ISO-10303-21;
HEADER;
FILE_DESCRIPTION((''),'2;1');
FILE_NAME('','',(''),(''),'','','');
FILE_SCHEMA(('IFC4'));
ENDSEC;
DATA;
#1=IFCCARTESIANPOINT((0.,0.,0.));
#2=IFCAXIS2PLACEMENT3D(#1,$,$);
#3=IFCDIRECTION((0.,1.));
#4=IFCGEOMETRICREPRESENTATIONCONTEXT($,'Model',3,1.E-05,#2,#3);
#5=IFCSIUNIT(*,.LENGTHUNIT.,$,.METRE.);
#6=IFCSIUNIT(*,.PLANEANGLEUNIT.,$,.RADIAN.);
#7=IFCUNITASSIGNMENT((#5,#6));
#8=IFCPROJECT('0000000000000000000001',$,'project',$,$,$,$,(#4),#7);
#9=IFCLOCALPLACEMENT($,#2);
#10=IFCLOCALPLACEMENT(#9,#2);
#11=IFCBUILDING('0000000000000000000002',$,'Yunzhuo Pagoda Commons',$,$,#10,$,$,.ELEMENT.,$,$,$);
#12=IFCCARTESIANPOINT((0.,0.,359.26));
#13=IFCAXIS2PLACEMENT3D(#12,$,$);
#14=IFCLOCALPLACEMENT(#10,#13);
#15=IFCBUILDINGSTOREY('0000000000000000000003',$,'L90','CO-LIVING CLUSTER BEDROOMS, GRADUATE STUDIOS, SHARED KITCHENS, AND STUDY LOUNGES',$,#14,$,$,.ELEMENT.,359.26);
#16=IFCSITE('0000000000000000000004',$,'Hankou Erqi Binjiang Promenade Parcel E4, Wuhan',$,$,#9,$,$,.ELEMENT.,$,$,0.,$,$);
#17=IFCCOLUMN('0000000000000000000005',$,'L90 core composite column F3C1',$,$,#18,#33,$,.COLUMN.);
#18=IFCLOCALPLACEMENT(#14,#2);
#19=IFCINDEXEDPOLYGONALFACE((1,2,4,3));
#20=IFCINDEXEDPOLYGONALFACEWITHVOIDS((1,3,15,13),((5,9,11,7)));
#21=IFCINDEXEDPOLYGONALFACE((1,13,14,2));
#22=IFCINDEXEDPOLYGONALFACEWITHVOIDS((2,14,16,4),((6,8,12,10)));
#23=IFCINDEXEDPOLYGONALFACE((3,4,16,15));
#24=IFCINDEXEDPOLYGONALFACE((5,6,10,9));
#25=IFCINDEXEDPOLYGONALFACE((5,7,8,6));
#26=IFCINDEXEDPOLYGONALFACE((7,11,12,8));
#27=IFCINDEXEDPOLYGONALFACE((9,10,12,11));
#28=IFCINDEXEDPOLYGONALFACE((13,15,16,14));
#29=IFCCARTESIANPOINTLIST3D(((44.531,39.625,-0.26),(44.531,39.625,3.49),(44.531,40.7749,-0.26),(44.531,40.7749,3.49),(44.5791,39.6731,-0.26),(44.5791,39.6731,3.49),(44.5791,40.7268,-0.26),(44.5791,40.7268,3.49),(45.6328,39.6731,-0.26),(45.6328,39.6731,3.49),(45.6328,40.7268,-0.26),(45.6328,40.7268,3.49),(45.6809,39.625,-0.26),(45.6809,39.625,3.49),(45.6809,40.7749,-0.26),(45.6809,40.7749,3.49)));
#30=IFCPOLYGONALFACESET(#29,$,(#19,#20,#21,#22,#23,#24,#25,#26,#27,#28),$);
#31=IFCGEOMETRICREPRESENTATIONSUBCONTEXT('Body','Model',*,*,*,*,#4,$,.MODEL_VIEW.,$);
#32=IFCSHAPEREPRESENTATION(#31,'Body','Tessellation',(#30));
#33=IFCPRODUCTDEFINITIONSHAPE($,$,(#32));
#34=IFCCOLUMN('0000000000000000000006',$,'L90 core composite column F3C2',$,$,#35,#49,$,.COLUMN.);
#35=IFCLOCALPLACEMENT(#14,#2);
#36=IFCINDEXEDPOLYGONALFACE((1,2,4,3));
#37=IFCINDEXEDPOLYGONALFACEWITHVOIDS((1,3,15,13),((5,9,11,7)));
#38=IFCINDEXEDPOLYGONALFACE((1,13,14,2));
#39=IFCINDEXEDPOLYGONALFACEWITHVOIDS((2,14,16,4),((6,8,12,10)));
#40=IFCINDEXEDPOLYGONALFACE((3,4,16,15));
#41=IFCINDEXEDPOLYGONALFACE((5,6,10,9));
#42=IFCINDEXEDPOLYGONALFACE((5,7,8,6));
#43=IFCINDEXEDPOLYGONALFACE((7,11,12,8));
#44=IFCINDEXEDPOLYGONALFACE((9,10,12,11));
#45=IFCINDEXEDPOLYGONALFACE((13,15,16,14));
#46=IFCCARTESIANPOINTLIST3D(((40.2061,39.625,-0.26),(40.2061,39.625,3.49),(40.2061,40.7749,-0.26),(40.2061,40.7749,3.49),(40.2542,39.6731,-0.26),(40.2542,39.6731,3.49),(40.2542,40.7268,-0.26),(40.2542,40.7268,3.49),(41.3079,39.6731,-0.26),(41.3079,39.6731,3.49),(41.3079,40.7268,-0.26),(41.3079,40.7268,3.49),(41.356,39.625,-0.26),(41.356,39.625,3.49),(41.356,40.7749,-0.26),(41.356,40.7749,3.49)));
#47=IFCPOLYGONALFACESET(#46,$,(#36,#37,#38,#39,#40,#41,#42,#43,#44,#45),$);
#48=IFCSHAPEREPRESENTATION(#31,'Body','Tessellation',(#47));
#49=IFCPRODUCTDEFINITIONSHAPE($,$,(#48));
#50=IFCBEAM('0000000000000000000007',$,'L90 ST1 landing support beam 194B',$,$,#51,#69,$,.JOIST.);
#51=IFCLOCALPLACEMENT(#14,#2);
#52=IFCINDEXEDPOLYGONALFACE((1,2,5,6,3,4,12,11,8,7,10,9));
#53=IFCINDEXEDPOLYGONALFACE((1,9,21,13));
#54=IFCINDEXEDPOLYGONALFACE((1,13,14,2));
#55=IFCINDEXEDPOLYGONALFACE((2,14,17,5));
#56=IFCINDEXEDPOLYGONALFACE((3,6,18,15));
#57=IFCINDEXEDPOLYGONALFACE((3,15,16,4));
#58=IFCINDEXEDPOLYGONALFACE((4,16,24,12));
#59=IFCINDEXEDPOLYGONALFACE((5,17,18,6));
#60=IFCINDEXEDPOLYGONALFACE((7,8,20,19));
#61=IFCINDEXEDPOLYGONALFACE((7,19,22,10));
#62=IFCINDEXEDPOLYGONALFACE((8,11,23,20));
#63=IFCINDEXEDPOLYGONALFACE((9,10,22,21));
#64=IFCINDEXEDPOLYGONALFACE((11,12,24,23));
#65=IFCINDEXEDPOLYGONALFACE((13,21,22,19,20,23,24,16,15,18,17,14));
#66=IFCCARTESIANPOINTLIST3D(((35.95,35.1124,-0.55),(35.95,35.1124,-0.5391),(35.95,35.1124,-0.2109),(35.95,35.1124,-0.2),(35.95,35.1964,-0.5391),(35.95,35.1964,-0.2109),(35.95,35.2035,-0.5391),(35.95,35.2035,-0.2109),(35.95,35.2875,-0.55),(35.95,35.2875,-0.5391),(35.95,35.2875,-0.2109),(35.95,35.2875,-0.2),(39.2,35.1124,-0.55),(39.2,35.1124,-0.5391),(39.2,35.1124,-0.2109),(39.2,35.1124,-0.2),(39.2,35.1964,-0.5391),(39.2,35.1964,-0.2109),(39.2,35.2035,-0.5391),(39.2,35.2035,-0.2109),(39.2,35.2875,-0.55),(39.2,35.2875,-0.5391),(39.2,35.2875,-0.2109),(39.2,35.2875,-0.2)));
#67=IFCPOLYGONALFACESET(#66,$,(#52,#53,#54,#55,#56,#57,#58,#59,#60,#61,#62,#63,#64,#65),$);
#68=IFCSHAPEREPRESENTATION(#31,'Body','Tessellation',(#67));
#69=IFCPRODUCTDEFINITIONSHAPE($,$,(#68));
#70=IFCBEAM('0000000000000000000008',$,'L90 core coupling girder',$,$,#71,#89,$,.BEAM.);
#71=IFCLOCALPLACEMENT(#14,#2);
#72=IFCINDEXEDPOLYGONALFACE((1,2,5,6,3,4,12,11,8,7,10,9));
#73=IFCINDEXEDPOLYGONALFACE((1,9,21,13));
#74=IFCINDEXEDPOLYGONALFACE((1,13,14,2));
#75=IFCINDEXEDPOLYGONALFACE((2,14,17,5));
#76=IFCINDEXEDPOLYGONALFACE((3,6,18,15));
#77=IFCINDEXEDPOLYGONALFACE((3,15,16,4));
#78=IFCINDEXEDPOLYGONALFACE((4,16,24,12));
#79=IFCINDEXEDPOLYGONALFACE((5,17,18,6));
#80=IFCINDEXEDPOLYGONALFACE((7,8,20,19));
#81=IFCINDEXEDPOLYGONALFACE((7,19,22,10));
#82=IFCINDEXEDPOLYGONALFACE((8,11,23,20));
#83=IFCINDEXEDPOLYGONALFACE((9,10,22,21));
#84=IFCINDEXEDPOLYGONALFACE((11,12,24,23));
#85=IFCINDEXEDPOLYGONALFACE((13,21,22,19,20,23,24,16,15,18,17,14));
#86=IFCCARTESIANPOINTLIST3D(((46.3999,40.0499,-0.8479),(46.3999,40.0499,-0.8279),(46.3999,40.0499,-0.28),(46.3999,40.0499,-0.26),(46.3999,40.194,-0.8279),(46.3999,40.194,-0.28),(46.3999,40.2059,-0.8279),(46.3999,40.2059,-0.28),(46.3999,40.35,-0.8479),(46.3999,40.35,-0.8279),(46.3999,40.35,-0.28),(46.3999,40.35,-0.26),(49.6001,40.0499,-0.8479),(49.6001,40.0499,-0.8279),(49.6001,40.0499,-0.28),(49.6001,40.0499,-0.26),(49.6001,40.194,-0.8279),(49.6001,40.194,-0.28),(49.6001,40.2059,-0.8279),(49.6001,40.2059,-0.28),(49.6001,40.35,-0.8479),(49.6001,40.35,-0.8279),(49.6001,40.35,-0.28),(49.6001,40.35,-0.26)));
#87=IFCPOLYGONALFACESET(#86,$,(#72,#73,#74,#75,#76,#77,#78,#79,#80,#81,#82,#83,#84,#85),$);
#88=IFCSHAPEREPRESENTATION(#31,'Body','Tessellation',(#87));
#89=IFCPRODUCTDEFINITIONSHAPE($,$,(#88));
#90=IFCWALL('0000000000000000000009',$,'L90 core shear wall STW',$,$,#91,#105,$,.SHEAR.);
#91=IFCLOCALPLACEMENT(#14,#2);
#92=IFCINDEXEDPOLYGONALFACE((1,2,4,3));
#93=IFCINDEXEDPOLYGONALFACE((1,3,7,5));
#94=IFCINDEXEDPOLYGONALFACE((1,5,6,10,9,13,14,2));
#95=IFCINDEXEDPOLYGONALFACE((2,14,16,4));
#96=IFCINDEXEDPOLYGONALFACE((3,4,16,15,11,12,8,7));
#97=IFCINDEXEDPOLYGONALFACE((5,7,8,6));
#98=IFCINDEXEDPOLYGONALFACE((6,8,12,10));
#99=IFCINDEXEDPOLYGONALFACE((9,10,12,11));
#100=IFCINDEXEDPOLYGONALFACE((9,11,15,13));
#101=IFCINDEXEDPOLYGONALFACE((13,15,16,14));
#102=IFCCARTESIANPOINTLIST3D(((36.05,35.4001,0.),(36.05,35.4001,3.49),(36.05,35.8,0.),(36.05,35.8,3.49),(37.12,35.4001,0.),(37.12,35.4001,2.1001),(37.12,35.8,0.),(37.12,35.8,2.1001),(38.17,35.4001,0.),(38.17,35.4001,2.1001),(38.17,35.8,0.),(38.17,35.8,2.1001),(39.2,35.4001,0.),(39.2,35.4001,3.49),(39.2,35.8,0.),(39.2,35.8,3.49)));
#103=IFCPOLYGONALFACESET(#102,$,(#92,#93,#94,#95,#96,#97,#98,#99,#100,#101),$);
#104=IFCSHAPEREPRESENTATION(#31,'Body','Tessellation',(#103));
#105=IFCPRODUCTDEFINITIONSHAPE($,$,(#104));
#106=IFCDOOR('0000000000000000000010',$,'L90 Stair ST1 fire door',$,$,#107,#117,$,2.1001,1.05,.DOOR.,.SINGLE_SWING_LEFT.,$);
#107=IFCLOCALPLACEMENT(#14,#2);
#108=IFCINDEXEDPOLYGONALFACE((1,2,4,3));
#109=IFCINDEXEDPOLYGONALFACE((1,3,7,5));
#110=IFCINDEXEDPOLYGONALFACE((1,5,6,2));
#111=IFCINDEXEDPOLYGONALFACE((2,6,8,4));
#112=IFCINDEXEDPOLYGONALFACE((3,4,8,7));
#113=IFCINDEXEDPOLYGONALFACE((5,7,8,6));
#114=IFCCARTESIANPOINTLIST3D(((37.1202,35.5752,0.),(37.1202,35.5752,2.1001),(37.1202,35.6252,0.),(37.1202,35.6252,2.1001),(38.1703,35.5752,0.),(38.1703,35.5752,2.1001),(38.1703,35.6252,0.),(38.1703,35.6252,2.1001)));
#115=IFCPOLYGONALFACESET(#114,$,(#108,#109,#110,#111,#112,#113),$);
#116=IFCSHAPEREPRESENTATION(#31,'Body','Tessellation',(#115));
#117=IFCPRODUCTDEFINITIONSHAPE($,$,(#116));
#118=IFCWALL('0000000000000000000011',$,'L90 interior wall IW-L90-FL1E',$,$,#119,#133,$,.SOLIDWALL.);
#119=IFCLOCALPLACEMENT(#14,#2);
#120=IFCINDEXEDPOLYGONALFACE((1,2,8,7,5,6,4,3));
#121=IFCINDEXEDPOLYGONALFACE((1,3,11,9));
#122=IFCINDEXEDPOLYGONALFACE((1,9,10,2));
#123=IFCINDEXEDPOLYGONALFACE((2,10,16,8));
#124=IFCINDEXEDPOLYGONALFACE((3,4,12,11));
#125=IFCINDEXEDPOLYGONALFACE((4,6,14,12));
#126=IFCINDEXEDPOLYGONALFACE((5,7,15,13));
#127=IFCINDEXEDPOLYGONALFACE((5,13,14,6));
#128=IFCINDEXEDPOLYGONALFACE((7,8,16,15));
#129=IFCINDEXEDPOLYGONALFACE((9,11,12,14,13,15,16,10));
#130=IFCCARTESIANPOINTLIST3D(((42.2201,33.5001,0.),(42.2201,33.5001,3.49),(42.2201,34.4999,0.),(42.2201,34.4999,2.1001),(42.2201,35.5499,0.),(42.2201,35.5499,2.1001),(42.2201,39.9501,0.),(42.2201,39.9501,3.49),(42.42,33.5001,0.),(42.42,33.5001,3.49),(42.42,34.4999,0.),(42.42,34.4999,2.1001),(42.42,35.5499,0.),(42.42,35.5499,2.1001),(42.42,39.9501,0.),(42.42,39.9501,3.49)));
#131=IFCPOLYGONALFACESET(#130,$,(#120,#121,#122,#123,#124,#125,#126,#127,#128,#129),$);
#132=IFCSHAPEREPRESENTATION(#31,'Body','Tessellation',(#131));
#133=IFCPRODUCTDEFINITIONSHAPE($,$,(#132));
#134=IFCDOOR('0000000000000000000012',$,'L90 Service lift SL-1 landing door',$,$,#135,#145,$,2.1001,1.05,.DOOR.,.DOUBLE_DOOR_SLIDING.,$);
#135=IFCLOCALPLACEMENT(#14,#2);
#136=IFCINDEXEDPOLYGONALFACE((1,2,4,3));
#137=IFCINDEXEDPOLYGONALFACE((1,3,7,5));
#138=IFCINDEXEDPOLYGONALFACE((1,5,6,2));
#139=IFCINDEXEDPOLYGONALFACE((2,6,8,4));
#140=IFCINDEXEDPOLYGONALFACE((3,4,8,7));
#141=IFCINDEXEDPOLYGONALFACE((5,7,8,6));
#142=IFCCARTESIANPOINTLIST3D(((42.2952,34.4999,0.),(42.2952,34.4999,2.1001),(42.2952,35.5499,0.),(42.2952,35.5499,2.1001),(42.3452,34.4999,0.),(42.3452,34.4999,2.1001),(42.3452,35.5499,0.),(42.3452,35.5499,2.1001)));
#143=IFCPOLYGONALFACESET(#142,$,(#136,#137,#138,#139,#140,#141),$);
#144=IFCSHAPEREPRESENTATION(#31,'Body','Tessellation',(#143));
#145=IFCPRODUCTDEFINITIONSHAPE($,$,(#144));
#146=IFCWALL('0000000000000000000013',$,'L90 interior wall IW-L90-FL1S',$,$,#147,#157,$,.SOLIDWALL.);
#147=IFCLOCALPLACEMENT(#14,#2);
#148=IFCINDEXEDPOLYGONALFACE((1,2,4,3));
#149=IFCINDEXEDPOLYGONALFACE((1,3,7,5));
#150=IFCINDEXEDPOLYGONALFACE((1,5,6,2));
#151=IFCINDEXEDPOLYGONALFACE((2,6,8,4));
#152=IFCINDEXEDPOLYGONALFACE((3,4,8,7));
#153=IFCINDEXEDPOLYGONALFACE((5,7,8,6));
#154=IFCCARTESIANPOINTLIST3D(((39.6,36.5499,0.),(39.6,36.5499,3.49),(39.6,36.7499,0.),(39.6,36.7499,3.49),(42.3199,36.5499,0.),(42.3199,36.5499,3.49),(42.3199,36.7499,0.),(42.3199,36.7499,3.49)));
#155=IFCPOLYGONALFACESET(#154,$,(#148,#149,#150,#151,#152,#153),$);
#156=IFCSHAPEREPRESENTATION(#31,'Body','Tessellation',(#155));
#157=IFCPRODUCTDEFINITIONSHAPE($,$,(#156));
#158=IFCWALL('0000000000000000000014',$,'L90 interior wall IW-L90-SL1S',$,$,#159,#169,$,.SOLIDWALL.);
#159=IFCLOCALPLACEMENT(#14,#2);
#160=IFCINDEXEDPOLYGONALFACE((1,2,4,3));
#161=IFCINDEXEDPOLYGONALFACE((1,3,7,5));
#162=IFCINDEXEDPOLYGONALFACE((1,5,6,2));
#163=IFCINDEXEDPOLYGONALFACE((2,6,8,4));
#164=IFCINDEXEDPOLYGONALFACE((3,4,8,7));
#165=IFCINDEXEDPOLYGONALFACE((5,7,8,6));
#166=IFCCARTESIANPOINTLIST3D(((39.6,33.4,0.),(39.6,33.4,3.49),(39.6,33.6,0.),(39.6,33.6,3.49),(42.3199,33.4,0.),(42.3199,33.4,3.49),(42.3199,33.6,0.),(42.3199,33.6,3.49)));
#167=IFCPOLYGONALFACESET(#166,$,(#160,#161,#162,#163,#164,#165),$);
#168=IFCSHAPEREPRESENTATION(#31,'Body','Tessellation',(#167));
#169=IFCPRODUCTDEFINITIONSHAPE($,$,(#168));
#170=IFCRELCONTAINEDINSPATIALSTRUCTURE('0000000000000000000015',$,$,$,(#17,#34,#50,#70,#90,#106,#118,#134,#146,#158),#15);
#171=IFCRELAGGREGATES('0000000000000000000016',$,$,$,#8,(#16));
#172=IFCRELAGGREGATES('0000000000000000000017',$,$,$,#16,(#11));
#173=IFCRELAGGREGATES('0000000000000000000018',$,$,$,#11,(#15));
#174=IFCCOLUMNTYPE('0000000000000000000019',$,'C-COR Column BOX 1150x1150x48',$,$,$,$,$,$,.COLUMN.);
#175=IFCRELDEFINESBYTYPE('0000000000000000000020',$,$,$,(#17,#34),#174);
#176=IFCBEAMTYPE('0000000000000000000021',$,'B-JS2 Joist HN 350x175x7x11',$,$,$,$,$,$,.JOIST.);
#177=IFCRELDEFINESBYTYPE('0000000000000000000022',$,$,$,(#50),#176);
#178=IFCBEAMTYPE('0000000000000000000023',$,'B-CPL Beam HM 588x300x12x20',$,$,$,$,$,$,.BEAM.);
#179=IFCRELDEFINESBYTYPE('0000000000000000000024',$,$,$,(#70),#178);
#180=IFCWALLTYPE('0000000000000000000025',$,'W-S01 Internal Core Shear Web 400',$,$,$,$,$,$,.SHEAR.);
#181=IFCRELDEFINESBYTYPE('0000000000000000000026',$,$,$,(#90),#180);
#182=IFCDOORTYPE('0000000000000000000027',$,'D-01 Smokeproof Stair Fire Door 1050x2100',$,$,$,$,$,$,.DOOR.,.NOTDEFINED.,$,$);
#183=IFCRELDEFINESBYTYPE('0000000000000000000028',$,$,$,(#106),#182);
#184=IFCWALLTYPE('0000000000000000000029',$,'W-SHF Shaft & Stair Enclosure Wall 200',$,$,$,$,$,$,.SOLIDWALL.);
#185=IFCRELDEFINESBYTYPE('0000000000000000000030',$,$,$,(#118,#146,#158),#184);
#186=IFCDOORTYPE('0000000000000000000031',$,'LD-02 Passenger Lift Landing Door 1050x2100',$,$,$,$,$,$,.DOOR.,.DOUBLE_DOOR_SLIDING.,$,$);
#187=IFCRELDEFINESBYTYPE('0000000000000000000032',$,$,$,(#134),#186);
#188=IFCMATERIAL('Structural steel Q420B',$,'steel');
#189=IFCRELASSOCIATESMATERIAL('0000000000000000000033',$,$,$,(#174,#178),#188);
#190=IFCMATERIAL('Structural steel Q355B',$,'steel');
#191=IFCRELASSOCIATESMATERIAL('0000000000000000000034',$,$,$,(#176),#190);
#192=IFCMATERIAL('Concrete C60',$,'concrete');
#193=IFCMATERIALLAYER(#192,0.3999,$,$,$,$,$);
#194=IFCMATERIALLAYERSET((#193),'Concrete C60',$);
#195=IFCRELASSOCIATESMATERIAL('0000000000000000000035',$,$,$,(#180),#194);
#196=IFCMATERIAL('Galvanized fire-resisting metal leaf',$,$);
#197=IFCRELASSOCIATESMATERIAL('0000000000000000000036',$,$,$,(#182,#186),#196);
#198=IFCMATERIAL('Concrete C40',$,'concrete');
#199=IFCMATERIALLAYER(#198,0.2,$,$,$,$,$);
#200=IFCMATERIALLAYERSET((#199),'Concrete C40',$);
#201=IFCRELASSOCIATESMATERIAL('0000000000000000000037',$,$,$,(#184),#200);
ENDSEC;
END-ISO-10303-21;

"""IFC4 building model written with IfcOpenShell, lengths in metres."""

from ifc_helpers import new_model, si_unit, direction, frame, frame_2d, origin, origin_with_axes, origin_2d, place, context, subcontext, project, spatial, rectangle, hollow_rectangle, i_section, extrude, source, transform, mapped, material, layer, layer_set, material_profile, profile_set, type_object, element, fill, save


model = new_model("IFC4")

# Units and contexts
model_context = context("Model", 3, precision=1e-05, world=origin(), true_north=direction((0.0, 1.0)))
body_context = subcontext(model_context, "Body", "Model", "MODEL_VIEW")
ifc_project = project(units=[si_unit("LENGTHUNIT", "METRE"), si_unit("PLANEANGLEUNIT", "RADIAN")], contexts=[model_context])

# Site, building, storey
site_placement = place(None, origin())
site = spatial("IfcSite", under=ifc_project, at=site_placement, Name="Hankou Erqi Binjiang Promenade Parcel E4, Wuhan", CompositionType="ELEMENT", RefElevation=0.0)
building_placement = place(site_placement, origin())
building = spatial("IfcBuilding", under=site, at=building_placement, Name="Yunzhuo Pagoda Commons", CompositionType="ELEMENT")
storey_placement = place(building_placement, frame((0.0, 0.0, 359.26)))
storey = spatial("IfcBuildingStorey", under=building, at=storey_placement, Name="L90", Description="CO-LIVING CLUSTER BEDROOMS, GRADUATE STUDIOS, SHARED KITCHENS, AND STUDY LOUNGES", CompositionType="ELEMENT", Elevation=359.26)

# Columns
ifc_material_1 = material(Name="Structural steel Q420B", Category="steel")
ifc_material_profile_1 = material_profile(ifc_material_1, hollow_rectangle(XDim=1.1499, YDim=1.1499, WallThickness=0.0481, at=origin_2d()), Name="Structural steel Q420B")
ifc_profile_set_1 = profile_set([ifc_material_profile_1], Name="Structural steel Q420B")
column_type = type_object("IfcColumnType", Name="C-COR Column BOX 1150x1150x48", PredefinedType="COLUMN", material=ifc_profile_set_1)
shared_shape_1 = source(origin(), body_context, "Body", "SweptSolid", [
    extrude(hollow_rectangle(XDim=1.1499, YDim=1.1499, WallThickness=0.0481, at=origin_2d()), origin(), (0.0, 0.0, 1.0), 3.75),
])
for number, where, z_axis, x_axis, name in (
    (1, (45.106, 40.2, -0.26), (0.0, 0.0, 1.0), (1.0, 0.0, 0.0), "L90 core composite column F3C1"),
    (2, (40.781, 40.2, -0.26), (0.0, 0.0, 1.0), (1.0, 0.0, 0.0), "L90 core composite column F3C2"),
):
    element("IfcColumn", number, at=place(storey_placement, frame(where, z_axis=z_axis, x_axis=x_axis)), inside=storey, type_object=column_type, Name=name, PredefinedType="COLUMN", context=body_context, shape_type="MappedRepresentation", body=[
        mapped(shared_shape_1, transform((0.0, 0.0, 0.0), scale=1.0)),
    ])

# Beams
ifc_material_2 = material(Name="Structural steel Q355B", Category="steel")
ifc_material_profile_2 = material_profile(ifc_material_2, i_section(OverallWidth=0.175, OverallDepth=0.3501, WebThickness=0.0071, FlangeThickness=0.011, at=origin_2d()), Name="Structural steel Q355B")
ifc_profile_set_2 = profile_set([ifc_material_profile_2], Name="Structural steel Q355B")
beam_type_1 = type_object("IfcBeamType", Name="B-JS2 Joist HN 350x175x7x11", PredefinedType="JOIST", material=ifc_profile_set_2)
shared_shape_2 = source(origin(), body_context, "Body", "SweptSolid", [
    extrude(i_section(OverallWidth=0.175, OverallDepth=0.3501, WebThickness=0.0071, FlangeThickness=0.011, at=origin_2d()), origin(), (0.0, 0.0, 1.0), 3.25),
])
beam_1_placement = place(storey_placement, frame((35.95, 35.2, -0.375), z_axis=(1.0, 0.0, 0.0), x_axis=(0.0, 1.0, 0.0)))
element("IfcBeam", 3, at=beam_1_placement, inside=storey, type_object=beam_type_1, Name="L90 ST1 landing support beam 194B", PredefinedType="JOIST", context=body_context, shape_type="MappedRepresentation", body=[
    mapped(shared_shape_2, transform((0.0, 0.0, 0.0), scale=1.0)),
])
ifc_material_profile_3 = material_profile(ifc_material_1, i_section(OverallWidth=0.3, OverallDepth=0.5879, WebThickness=0.012, FlangeThickness=0.02, at=origin_2d()), Name="Structural steel Q420B")
ifc_profile_set_3 = profile_set([ifc_material_profile_3], Name="Structural steel Q420B")
beam_type_2 = type_object("IfcBeamType", Name="B-CPL Beam HM 588x300x12x20", PredefinedType="BEAM", material=ifc_profile_set_3)
shared_shape_3 = source(origin(), body_context, "Body", "SweptSolid", [
    extrude(i_section(OverallWidth=0.3, OverallDepth=0.5879, WebThickness=0.012, FlangeThickness=0.02, at=origin_2d()), origin(), (0.0, 0.0, 1.0), 3.2002),
])
beam_2_placement = place(storey_placement, frame((46.3999, 40.2, -0.554), z_axis=(1.0, 0.0, 0.0), x_axis=(0.0, 1.0, 0.0)))
element("IfcBeam", 4, at=beam_2_placement, inside=storey, type_object=beam_type_2, Name="L90 core coupling girder", PredefinedType="BEAM", context=body_context, shape_type="MappedRepresentation", body=[
    mapped(shared_shape_3, transform((0.0, 0.0, 0.0), scale=1.0)),
])

# Walls, openings, doors
ifc_material_3 = material(Name="Concrete C60", Category="concrete")
ifc_layer_1 = layer(ifc_material_3, 0.3999)
ifc_layer_set_1 = layer_set([ifc_layer_1], Name="Concrete C60")
wall_type_1 = type_object("IfcWallType", Name="W-S01 Internal Core Shear Web 400", PredefinedType="SHEAR", material=ifc_layer_set_1)
wall_1_placement = place(storey_placement, frame((36.05, 35.6001, 0.0), z_axis=(0.0, 0.0, 1.0), x_axis=(1.0, 0.0, 0.0)))
wall_1 = element("IfcWall", 5, at=wall_1_placement, inside=storey, type_object=wall_type_1, Name="L90 core shear wall STW", PredefinedType="SHEAR", context=body_context, shape_type="SweptSolid", body=[
    extrude(rectangle(XDim=3.1499, YDim=0.3999, at=frame_2d((1.575, 0.0))), origin(), (0.0, 0.0, 1.0), 3.49),
])
opening_1_placement = place(wall_1_placement, frame((1.0701, 0.0, 0.0)))
opening_1 = element("IfcOpeningElement", 6, at=opening_1_placement, cuts=wall_1, PredefinedType="OPENING", context=body_context, shape_type="SweptSolid", body=[
    extrude(rectangle(XDim=1.05, YDim=2.1001, at=frame_2d((0.5249, 1.05))), frame((0.0, 0.21, 0.0), z_axis=(0.0, -1.0, 0.0), x_axis=(1.0, 0.0, 0.0)), (0.0, 0.0, 1.0), 0.4199),
])
ifc_material_4 = material(Name="Galvanized fire-resisting metal leaf")
door_type_1 = type_object("IfcDoorType", Name="D-01 Smokeproof Stair Fire Door 1050x2100", OperationType="NOTDEFINED", PredefinedType="DOOR", material=ifc_material_4)
shared_shape_4 = source(origin(), body_context, "Body", "SweptSolid", [
    extrude(rectangle(XDim=1.05, YDim=2.1001, at=frame_2d((0.5249, 1.05))), frame((0.0, 0.0249, 0.0), z_axis=(0.0, -1.0, 0.0), x_axis=(1.0, 0.0, 0.0)), (0.0, 0.0, 1.0), 0.05),
])
door_1_placement = place(opening_1_placement, frame((1.05, 0.0, 0.0), z_axis=(0.0, 0.0, 1.0), x_axis=(-1.0, 0.0, 0.0)))
door_1 = element("IfcDoor", 7, at=door_1_placement, inside=storey, type_object=door_type_1, Name="L90 Stair ST1 fire door", OperationType="SINGLE_SWING_LEFT", OverallHeight=2.1001, OverallWidth=1.05, PredefinedType="DOOR", context=body_context, shape_type="MappedRepresentation", body=[
    mapped(shared_shape_4, transform((0.0, 0.0, 0.0), scale=1.0)),
])
fill(opening_1, door_1)
ifc_material_5 = material(Name="Concrete C40", Category="concrete")
ifc_layer_2 = layer(ifc_material_5, 0.2)
ifc_layer_set_2 = layer_set([ifc_layer_2], Name="Concrete C40")
wall_type_2 = type_object("IfcWallType", Name="W-SHF Shaft & Stair Enclosure Wall 200", PredefinedType="SOLIDWALL", material=ifc_layer_set_2)
wall_2_placement = place(storey_placement, frame((42.3201, 33.5, 0.0), z_axis=(0.0, 0.0, 1.0), x_axis=(0.0, 1.0, 0.0)))
wall_2 = element("IfcWall", 8, at=wall_2_placement, inside=storey, type_object=wall_type_2, Name="L90 interior wall IW-L90-FL1E", PredefinedType="SOLIDWALL", context=body_context, shape_type="SweptSolid", body=[
    extrude(rectangle(XDim=6.45, YDim=0.2, at=frame_2d((3.2251, 0.0))), origin(), (0.0, 0.0, 1.0), 3.49),
])
opening_2_placement = place(wall_2_placement, frame((1.0, 0.0, 0.0)))
opening_2 = element("IfcOpeningElement", 9, at=opening_2_placement, cuts=wall_2, PredefinedType="OPENING", context=body_context, shape_type="SweptSolid", body=[
    extrude(rectangle(XDim=1.05, YDim=2.1001, at=frame_2d((0.5249, 1.05))), frame((0.0, 0.1099, 0.0), z_axis=(0.0, -1.0, 0.0), x_axis=(1.0, 0.0, 0.0)), (0.0, 0.0, 1.0), 0.22),
])
door_type_2 = type_object("IfcDoorType", Name="LD-02 Passenger Lift Landing Door 1050x2100", OperationType="DOUBLE_DOOR_SLIDING", PredefinedType="DOOR", material=ifc_material_4)
door_2_placement = place(opening_2_placement, origin_with_axes())
door_2 = element("IfcDoor", 10, at=door_2_placement, inside=storey, type_object=door_type_2, Name="L90 Service lift SL-1 landing door", OperationType="DOUBLE_DOOR_SLIDING", OverallHeight=2.1001, OverallWidth=1.05, PredefinedType="DOOR", context=body_context, shape_type="MappedRepresentation", body=[
    mapped(shared_shape_4, transform((0.0, 0.0, 0.0), scale=1.0)),
])
fill(opening_2, door_2)

# Walls
for number, where, z_axis, x_axis, name in (
    (11, (39.6001, 36.6499, 0.0), (0.0, 0.0, 1.0), (1.0, 0.0, 0.0), "L90 interior wall IW-L90-FL1S"),
    (12, (39.6001, 33.5, 0.0), (0.0, 0.0, 1.0), (1.0, 0.0, 0.0), "L90 interior wall IW-L90-SL1S"),
):
    element("IfcWall", number, at=place(storey_placement, frame(where, z_axis=z_axis, x_axis=x_axis)), inside=storey, type_object=wall_type_2, Name=name, PredefinedType="SOLIDWALL", context=body_context, shape_type="SweptSolid", body=[
        extrude(rectangle(XDim=2.72, YDim=0.2, at=frame_2d((1.3599, 0.0))), origin(), (0.0, 0.0, 1.0), 3.49),
    ])

save(model, "model.ifc")
